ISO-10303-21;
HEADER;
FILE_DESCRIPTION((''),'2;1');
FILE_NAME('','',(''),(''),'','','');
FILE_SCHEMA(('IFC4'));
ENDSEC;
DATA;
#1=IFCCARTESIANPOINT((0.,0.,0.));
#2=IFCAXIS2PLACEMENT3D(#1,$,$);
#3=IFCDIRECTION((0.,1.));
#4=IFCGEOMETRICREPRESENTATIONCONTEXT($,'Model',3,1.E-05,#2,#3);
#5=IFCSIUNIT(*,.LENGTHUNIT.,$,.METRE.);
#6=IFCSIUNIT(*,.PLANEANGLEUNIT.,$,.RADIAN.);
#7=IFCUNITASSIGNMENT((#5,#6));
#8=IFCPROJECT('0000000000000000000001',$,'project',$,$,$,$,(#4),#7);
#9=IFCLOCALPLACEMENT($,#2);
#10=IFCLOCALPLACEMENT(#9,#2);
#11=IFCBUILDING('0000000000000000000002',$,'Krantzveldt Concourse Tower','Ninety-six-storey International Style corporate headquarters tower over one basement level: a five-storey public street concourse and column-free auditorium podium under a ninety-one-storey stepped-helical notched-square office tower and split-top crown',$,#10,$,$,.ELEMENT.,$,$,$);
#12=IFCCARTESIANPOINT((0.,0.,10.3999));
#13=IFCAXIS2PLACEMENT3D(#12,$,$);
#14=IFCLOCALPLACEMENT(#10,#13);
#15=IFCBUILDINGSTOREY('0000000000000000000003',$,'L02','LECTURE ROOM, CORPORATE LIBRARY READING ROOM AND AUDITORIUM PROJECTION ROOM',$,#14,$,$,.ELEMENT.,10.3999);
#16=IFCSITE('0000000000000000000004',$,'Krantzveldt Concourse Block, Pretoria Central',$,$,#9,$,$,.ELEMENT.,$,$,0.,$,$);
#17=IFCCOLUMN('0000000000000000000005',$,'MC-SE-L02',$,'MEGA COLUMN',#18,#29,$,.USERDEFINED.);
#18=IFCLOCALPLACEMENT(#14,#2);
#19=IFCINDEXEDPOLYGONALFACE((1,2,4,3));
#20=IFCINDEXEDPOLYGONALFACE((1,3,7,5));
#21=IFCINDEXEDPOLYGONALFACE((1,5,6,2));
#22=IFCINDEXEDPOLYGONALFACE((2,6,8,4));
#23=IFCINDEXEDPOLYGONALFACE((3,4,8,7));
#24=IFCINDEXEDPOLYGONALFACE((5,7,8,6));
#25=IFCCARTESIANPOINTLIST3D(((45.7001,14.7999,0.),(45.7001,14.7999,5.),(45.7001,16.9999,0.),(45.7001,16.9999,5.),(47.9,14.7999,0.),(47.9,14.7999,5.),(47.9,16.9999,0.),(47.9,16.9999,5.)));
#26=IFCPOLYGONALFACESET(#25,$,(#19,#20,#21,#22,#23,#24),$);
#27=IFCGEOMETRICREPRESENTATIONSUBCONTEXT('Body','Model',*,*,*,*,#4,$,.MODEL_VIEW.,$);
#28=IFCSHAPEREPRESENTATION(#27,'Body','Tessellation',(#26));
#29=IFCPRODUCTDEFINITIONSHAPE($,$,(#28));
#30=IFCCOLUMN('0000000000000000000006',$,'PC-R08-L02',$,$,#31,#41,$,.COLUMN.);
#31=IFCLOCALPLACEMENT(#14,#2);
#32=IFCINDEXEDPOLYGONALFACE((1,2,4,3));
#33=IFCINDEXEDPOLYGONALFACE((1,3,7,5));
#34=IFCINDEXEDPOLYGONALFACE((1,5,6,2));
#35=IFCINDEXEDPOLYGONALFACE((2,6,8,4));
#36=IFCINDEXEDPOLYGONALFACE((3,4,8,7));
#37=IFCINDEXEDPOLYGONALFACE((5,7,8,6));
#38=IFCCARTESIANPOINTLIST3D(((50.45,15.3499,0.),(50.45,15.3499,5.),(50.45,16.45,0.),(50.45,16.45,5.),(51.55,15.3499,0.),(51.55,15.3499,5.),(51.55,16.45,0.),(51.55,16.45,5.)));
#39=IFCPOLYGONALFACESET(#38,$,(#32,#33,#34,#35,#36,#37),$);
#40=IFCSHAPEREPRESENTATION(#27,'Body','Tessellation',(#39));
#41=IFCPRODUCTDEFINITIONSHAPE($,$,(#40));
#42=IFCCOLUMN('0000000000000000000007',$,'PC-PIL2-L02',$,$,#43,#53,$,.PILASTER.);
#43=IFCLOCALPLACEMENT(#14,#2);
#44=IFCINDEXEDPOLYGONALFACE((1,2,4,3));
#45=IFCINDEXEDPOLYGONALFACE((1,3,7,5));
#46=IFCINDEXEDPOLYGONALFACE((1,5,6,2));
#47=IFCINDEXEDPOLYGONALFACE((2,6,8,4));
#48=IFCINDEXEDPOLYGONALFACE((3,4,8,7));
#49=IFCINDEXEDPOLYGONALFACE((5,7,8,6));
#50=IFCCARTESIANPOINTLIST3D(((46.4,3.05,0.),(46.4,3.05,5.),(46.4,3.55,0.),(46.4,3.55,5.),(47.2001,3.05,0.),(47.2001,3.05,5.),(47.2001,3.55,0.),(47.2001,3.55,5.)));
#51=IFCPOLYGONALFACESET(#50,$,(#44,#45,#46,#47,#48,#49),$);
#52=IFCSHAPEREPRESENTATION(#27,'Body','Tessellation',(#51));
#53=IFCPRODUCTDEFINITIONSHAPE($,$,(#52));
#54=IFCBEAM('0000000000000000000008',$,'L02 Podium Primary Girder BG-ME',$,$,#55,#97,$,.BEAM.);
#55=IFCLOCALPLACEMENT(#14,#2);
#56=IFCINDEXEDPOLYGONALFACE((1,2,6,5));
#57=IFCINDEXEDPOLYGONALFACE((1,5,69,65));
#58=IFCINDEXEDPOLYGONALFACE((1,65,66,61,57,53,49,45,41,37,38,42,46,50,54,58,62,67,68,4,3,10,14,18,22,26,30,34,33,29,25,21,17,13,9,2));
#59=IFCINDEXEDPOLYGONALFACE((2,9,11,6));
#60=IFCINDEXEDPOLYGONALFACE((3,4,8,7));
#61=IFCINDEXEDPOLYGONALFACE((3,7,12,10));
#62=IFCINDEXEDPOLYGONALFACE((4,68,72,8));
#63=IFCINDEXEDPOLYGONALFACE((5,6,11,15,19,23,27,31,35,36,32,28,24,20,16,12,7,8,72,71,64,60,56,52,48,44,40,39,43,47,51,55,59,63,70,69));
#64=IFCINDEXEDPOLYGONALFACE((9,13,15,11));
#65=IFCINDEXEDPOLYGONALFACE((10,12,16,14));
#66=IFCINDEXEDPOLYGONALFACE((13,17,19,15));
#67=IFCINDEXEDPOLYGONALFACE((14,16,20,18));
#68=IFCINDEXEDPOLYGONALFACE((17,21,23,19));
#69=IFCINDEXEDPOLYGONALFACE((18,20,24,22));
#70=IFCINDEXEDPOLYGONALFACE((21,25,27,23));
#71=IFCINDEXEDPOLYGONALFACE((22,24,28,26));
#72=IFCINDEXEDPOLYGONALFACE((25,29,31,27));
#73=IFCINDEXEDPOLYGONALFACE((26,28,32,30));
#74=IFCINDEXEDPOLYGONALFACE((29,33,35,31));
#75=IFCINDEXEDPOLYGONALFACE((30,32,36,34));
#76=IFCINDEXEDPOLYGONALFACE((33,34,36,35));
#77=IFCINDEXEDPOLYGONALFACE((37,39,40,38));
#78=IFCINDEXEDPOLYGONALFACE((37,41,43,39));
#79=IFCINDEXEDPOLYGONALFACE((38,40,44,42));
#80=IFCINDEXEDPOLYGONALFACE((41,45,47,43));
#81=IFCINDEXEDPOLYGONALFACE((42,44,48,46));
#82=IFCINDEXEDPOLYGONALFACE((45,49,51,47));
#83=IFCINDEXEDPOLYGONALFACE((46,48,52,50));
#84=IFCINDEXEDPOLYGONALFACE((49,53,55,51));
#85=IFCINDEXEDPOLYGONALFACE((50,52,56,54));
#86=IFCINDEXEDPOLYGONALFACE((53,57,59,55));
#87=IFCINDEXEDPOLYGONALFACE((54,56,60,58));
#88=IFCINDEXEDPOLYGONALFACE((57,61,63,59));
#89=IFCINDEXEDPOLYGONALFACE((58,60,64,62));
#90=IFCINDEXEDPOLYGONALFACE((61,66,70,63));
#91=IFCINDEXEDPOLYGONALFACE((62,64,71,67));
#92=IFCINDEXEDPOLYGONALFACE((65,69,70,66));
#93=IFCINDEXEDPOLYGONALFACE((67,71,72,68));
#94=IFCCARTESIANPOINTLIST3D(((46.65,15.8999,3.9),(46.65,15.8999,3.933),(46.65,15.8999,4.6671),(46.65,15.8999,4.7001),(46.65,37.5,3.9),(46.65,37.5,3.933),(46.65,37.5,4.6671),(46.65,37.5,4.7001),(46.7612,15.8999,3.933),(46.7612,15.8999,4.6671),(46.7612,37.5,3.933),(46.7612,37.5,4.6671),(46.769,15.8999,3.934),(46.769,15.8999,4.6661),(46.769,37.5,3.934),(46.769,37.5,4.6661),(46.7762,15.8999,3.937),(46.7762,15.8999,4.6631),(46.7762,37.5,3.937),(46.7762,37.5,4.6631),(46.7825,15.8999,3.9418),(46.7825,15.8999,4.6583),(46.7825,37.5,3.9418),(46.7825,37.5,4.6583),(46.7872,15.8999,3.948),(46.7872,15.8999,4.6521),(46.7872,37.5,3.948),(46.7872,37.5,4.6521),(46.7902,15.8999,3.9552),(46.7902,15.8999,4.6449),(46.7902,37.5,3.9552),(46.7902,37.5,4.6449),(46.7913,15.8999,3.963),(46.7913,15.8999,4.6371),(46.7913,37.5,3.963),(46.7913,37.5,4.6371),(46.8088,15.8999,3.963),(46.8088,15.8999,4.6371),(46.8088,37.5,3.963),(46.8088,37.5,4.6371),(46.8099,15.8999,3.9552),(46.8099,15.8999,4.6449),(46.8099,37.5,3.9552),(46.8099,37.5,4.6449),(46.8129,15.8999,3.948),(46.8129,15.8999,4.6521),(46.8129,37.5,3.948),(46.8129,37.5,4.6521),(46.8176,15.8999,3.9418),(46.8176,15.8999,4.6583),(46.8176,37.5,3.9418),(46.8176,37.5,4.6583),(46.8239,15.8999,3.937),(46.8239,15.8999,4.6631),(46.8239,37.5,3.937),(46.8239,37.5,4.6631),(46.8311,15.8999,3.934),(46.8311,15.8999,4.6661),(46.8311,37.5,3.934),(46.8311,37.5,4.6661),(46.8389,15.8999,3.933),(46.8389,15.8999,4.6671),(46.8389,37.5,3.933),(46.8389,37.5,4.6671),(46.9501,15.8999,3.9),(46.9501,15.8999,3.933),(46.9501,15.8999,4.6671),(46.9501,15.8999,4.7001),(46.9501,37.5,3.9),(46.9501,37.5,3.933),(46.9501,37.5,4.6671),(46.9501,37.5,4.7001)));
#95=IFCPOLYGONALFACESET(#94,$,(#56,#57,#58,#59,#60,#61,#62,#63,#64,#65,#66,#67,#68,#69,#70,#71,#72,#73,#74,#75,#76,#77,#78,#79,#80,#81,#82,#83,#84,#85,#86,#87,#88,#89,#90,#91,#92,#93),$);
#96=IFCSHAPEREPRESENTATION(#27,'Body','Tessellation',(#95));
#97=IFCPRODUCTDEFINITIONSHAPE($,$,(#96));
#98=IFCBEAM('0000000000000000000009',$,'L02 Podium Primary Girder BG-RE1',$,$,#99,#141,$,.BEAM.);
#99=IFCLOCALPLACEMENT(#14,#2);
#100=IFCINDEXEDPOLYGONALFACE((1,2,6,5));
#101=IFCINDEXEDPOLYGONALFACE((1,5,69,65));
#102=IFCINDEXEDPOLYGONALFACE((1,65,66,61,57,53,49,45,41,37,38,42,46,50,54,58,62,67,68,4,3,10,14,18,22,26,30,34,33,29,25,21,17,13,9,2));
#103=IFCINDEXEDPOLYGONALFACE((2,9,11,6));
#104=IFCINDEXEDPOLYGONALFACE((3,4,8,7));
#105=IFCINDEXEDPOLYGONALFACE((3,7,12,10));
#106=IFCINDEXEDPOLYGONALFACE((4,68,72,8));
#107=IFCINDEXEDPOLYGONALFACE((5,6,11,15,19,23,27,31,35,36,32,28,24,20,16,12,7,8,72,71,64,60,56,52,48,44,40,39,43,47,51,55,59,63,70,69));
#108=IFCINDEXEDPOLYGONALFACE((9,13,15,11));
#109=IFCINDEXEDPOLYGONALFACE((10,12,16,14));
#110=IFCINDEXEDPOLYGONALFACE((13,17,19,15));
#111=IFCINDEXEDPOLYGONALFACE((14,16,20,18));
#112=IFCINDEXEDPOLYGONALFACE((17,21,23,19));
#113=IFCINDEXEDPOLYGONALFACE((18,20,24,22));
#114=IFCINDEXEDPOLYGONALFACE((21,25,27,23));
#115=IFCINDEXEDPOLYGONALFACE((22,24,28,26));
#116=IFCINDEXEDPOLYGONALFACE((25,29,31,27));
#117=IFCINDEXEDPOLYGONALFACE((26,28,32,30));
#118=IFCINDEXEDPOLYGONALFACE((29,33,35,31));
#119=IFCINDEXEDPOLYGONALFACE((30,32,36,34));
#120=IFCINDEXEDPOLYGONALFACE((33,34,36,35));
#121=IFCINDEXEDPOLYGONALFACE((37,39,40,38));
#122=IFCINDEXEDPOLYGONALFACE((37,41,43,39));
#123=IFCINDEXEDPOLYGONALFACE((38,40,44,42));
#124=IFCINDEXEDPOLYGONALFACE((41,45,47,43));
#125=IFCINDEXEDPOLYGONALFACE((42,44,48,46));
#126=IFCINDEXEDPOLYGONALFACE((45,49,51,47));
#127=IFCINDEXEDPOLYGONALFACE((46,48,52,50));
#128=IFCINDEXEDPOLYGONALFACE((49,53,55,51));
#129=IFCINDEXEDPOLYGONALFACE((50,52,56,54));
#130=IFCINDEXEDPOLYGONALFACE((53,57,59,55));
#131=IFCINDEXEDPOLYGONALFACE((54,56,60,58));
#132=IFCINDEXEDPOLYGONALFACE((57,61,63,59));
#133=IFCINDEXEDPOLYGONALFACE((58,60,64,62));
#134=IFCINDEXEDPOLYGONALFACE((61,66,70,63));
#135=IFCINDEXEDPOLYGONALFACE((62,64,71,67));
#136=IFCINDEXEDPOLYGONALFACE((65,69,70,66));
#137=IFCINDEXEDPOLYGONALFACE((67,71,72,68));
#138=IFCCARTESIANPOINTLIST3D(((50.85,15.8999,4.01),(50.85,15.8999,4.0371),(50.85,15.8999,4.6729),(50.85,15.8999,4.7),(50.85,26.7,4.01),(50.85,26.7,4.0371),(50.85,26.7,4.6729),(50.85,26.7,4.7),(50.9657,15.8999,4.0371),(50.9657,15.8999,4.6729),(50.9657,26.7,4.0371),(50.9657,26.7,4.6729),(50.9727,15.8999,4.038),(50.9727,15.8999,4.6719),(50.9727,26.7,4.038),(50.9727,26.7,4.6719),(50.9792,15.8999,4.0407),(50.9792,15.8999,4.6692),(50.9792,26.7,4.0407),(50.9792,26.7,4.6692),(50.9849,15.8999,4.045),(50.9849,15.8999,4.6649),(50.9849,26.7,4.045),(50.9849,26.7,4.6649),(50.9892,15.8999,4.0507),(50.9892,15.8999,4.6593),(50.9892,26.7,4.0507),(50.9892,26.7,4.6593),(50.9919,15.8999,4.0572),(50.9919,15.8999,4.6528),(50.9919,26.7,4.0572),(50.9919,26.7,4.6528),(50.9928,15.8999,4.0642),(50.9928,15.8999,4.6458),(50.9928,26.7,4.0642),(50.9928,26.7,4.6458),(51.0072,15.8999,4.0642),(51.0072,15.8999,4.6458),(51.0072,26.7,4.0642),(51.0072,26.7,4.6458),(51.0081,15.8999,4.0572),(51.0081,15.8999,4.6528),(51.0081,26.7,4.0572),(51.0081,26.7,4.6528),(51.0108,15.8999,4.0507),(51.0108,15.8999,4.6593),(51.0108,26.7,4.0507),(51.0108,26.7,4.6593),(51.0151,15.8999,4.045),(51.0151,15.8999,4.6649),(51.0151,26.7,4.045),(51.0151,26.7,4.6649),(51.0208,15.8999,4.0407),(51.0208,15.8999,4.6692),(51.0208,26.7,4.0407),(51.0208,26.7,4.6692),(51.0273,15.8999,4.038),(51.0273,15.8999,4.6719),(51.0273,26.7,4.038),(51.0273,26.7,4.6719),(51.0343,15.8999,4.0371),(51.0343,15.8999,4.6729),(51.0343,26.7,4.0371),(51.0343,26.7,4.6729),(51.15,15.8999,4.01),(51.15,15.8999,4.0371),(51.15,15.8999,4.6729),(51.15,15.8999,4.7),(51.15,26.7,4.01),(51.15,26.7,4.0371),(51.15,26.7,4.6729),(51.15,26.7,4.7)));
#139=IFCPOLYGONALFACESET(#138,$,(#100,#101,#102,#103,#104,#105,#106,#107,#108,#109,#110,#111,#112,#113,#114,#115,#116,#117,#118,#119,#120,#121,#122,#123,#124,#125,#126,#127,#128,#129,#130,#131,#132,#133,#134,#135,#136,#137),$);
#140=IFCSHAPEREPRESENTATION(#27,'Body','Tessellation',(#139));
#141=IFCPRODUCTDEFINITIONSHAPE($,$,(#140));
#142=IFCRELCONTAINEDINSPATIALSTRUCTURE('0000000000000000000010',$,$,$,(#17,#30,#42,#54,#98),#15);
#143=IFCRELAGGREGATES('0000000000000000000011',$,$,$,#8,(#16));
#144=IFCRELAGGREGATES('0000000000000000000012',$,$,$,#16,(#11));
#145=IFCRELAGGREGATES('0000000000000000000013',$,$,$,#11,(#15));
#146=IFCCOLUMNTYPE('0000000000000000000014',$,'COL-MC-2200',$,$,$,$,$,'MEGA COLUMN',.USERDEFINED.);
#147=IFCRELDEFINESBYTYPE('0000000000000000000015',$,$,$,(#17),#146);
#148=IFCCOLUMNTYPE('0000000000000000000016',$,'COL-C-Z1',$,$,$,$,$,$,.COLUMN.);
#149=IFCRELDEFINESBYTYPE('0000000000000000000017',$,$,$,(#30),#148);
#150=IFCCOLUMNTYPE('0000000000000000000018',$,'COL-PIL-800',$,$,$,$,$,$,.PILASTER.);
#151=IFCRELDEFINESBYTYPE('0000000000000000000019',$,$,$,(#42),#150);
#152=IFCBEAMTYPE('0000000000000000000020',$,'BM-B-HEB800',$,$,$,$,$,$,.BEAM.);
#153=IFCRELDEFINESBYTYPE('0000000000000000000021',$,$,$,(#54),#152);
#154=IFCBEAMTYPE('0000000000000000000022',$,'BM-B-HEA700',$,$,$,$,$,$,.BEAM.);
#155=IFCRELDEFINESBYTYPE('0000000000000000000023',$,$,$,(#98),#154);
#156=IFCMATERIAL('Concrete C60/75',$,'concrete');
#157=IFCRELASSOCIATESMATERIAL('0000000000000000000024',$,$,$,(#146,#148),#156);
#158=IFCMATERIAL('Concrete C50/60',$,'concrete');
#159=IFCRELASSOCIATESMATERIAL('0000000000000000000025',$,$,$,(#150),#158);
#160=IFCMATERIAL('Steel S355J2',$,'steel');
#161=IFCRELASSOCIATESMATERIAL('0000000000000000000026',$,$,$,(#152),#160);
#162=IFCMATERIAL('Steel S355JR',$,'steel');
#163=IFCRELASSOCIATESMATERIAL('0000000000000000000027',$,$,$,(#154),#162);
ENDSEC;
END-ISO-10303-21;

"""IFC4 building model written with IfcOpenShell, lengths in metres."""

from ifc_helpers import new_model, si_unit, direction, frame, origin, origin_2d, place, context, subcontext, project, spatial, rectangle, i_section, extrude, source, transform, mapped, material, material_profile, profile_set, type_object, type_shapes, element, save


model = new_model("IFC4")

# Units and contexts
model_context = context("Model", 3, precision=1e-05, world=origin(), true_north=direction((0.0, 1.0)))
body_context = subcontext(model_context, "Body", "Model", "MODEL_VIEW")
ifc_project = project(units=[si_unit("LENGTHUNIT", "METRE"), si_unit("PLANEANGLEUNIT", "RADIAN")], contexts=[model_context])

# Site, building, storey
site_placement = place(None, origin())
site = spatial("IfcSite", under=ifc_project, at=site_placement, Name="Krantzveldt Concourse Block, Pretoria Central", CompositionType="ELEMENT", RefElevation=0.0)
building_placement = place(site_placement, origin())
building = spatial("IfcBuilding", under=site, at=building_placement, Name="Krantzveldt Concourse Tower", Description="Ninety-six-storey International Style corporate headquarters tower over one basement level: a five-storey public street concourse and column-free auditorium podium under a ninety-one-storey stepped-helical notched-square office tower and split-top crown", CompositionType="ELEMENT")
storey_placement = place(building_placement, frame((0.0, 0.0, 10.3999)))
storey = spatial("IfcBuildingStorey", under=building, at=storey_placement, Name="L02", Description="LECTURE ROOM, CORPORATE LIBRARY READING ROOM AND AUDITORIUM PROJECTION ROOM", CompositionType="ELEMENT", Elevation=10.3999)

# Columns
ifc_material_1 = material(Name="Concrete C60/75", Category="concrete")
ifc_material_profile_1 = material_profile(ifc_material_1, rectangle(XDim=2.2, YDim=2.2, at=origin_2d()), Name="Concrete C60/75", Category="concrete")
ifc_profile_set_1 = profile_set([ifc_material_profile_1], Name="Concrete C60/75 - RC 2200x2200")
column_type_1 = type_object("IfcColumnType", Name="COL-MC-2200", ElementType="MEGA COLUMN", PredefinedType="USERDEFINED", material=ifc_profile_set_1)
shared_shape_1 = source(origin(), body_context, "Body", "SweptSolid", [
    extrude(rectangle(XDim=2.2, YDim=2.2, at=origin_2d()), origin(), (0.0, 0.0, 1.0), 5.0),
])
type_shapes(column_type_1, [shared_shape_1])
column_1_placement = place(storey_placement, frame((46.8, 15.8999, 0.0), z_axis=(0.0, 0.0, 1.0), x_axis=(1.0, 0.0, 0.0)))
element("IfcColumn", 1, at=column_1_placement, inside=storey, type_object=column_type_1, Name="MC-SE-L02", ObjectType="MEGA COLUMN", PredefinedType="USERDEFINED", context=body_context, shape_type="MappedRepresentation", body=[
    mapped(shared_shape_1, transform((0.0, 0.0, 0.0), x_axis=(1.0, 0.0, 0.0), y_axis=(0.0, 1.0, 0.0), z_axis=(0.0, 0.0, 1.0), scale=1.0)),
])
ifc_material_profile_2 = material_profile(ifc_material_1, rectangle(XDim=1.1001, YDim=1.1001, at=origin_2d()), Name="Concrete C60/75", Category="concrete")
ifc_profile_set_2 = profile_set([ifc_material_profile_2], Name="Concrete C60/75 - RC 1100x1100")
column_type_2 = type_object("IfcColumnType", Name="COL-C-Z1", PredefinedType="COLUMN", material=ifc_profile_set_2)
shared_shape_2 = source(origin(), body_context, "Body", "SweptSolid", [
    extrude(rectangle(XDim=1.1001, YDim=1.1001, at=origin_2d()), origin(), (0.0, 0.0, 1.0), 5.0),
])
type_shapes(column_type_2, [shared_shape_2])
column_2_placement = place(storey_placement, frame((51.0, 15.8999, 0.0), z_axis=(0.0, 0.0, 1.0), x_axis=(1.0, 0.0, 0.0)))
element("IfcColumn", 2, at=column_2_placement, inside=storey, type_object=column_type_2, Name="PC-R08-L02", PredefinedType="COLUMN", context=body_context, shape_type="MappedRepresentation", body=[
    mapped(shared_shape_2, transform((0.0, 0.0, 0.0), x_axis=(1.0, 0.0, 0.0), y_axis=(0.0, 1.0, 0.0), z_axis=(0.0, 0.0, 1.0), scale=1.0)),
])
ifc_material_2 = material(Name="Concrete C50/60", Category="concrete")
ifc_material_profile_3 = material_profile(ifc_material_2, rectangle(XDim=0.8, YDim=0.5, at=origin_2d()), Name="Concrete C50/60", Category="concrete")
ifc_profile_set_3 = profile_set([ifc_material_profile_3], Name="Concrete C50/60 - RC-PIL 800x500")
column_type_3 = type_object("IfcColumnType", Name="COL-PIL-800", PredefinedType="PILASTER", material=ifc_profile_set_3)
shared_shape_3 = source(origin(), body_context, "Body", "SweptSolid", [
    extrude(rectangle(XDim=0.8, YDim=0.5, at=origin_2d()), origin(), (0.0, 0.0, 1.0), 5.0),
])
type_shapes(column_type_3, [shared_shape_3])
column_3_placement = place(storey_placement, frame((46.8, 3.3, 0.0), z_axis=(0.0, 0.0, 1.0), x_axis=(1.0, 0.0, 0.0)))
element("IfcColumn", 3, at=column_3_placement, inside=storey, type_object=column_type_3, Name="PC-PIL2-L02", PredefinedType="PILASTER", context=body_context, shape_type="MappedRepresentation", body=[
    mapped(shared_shape_3, transform((0.0, 0.0, 0.0), x_axis=(1.0, 0.0, 0.0), y_axis=(0.0, 1.0, 0.0), z_axis=(0.0, 0.0, 1.0), scale=1.0)),
])

# Beams
ifc_material_3 = material(Name="Steel S355J2", Category="steel")
ifc_material_profile_4 = material_profile(ifc_material_3, i_section(OverallWidth=0.3, OverallDepth=0.8, WebThickness=0.0176, FlangeThickness=0.033, FilletRadius=0.03, at=origin_2d()), Name="Steel S355J2", Category="steel")
ifc_profile_set_4 = profile_set([ifc_material_profile_4], Name="Steel S355J2 - HEB 800")
beam_type_1 = type_object("IfcBeamType", Name="BM-B-HEB800", PredefinedType="BEAM", material=ifc_profile_set_4)
shared_shape_4 = source(origin(), body_context, "Body", "SweptSolid", [
    extrude(i_section(OverallWidth=0.3, OverallDepth=0.8, WebThickness=0.0176, FlangeThickness=0.033, FilletRadius=0.03, at=origin_2d()), origin(), (0.0, 0.0, 1.0), 21.6001),
])
type_shapes(beam_type_1, [shared_shape_4])
beam_1_placement = place(storey_placement, frame((46.8, 15.8999, 4.3), z_axis=(0.0, 1.0, 0.0), x_axis=(-1.0, 0.0, 0.0)))
element("IfcBeam", 4, at=beam_1_placement, inside=storey, type_object=beam_type_1, Name="L02 Podium Primary Girder BG-ME", PredefinedType="BEAM", context=body_context, shape_type="MappedRepresentation", body=[
    mapped(shared_shape_4, transform((0.0, 0.0, 0.0), x_axis=(1.0, 0.0, 0.0), y_axis=(0.0, 1.0, 0.0), z_axis=(0.0, 0.0, 1.0), scale=1.0)),
])
ifc_material_4 = material(Name="Steel S355JR", Category="steel")
ifc_material_profile_5 = material_profile(ifc_material_4, i_section(OverallWidth=0.3, OverallDepth=0.6899, WebThickness=0.0144, FlangeThickness=0.0271, FilletRadius=0.0271, at=origin_2d()), Name="Steel S355JR", Category="steel")
ifc_profile_set_5 = profile_set([ifc_material_profile_5], Name="Steel S355JR - HEA 700")
beam_type_2 = type_object("IfcBeamType", Name="BM-B-HEA700", PredefinedType="BEAM", material=ifc_profile_set_5)
shared_shape_5 = source(origin(), body_context, "Body", "SweptSolid", [
    extrude(i_section(OverallWidth=0.3, OverallDepth=0.6899, WebThickness=0.0144, FlangeThickness=0.0271, FilletRadius=0.0271, at=origin_2d()), origin(), (0.0, 0.0, 1.0), 10.8),
])
beam_2_placement = place(storey_placement, frame((51.0, 15.8999, 4.355), z_axis=(0.0, 1.0, 0.0), x_axis=(-1.0, 0.0, 0.0)))
element("IfcBeam", 5, at=beam_2_placement, inside=storey, type_object=beam_type_2, Name="L02 Podium Primary Girder BG-RE1", PredefinedType="BEAM", context=body_context, shape_type="MappedRepresentation", body=[
    mapped(shared_shape_5, transform((0.0, 0.0, 0.0), x_axis=(1.0, 0.0, 0.0), y_axis=(0.0, 1.0, 0.0), z_axis=(0.0, 0.0, 1.0), scale=1.0)),
])

save(model, "model.ifc")
